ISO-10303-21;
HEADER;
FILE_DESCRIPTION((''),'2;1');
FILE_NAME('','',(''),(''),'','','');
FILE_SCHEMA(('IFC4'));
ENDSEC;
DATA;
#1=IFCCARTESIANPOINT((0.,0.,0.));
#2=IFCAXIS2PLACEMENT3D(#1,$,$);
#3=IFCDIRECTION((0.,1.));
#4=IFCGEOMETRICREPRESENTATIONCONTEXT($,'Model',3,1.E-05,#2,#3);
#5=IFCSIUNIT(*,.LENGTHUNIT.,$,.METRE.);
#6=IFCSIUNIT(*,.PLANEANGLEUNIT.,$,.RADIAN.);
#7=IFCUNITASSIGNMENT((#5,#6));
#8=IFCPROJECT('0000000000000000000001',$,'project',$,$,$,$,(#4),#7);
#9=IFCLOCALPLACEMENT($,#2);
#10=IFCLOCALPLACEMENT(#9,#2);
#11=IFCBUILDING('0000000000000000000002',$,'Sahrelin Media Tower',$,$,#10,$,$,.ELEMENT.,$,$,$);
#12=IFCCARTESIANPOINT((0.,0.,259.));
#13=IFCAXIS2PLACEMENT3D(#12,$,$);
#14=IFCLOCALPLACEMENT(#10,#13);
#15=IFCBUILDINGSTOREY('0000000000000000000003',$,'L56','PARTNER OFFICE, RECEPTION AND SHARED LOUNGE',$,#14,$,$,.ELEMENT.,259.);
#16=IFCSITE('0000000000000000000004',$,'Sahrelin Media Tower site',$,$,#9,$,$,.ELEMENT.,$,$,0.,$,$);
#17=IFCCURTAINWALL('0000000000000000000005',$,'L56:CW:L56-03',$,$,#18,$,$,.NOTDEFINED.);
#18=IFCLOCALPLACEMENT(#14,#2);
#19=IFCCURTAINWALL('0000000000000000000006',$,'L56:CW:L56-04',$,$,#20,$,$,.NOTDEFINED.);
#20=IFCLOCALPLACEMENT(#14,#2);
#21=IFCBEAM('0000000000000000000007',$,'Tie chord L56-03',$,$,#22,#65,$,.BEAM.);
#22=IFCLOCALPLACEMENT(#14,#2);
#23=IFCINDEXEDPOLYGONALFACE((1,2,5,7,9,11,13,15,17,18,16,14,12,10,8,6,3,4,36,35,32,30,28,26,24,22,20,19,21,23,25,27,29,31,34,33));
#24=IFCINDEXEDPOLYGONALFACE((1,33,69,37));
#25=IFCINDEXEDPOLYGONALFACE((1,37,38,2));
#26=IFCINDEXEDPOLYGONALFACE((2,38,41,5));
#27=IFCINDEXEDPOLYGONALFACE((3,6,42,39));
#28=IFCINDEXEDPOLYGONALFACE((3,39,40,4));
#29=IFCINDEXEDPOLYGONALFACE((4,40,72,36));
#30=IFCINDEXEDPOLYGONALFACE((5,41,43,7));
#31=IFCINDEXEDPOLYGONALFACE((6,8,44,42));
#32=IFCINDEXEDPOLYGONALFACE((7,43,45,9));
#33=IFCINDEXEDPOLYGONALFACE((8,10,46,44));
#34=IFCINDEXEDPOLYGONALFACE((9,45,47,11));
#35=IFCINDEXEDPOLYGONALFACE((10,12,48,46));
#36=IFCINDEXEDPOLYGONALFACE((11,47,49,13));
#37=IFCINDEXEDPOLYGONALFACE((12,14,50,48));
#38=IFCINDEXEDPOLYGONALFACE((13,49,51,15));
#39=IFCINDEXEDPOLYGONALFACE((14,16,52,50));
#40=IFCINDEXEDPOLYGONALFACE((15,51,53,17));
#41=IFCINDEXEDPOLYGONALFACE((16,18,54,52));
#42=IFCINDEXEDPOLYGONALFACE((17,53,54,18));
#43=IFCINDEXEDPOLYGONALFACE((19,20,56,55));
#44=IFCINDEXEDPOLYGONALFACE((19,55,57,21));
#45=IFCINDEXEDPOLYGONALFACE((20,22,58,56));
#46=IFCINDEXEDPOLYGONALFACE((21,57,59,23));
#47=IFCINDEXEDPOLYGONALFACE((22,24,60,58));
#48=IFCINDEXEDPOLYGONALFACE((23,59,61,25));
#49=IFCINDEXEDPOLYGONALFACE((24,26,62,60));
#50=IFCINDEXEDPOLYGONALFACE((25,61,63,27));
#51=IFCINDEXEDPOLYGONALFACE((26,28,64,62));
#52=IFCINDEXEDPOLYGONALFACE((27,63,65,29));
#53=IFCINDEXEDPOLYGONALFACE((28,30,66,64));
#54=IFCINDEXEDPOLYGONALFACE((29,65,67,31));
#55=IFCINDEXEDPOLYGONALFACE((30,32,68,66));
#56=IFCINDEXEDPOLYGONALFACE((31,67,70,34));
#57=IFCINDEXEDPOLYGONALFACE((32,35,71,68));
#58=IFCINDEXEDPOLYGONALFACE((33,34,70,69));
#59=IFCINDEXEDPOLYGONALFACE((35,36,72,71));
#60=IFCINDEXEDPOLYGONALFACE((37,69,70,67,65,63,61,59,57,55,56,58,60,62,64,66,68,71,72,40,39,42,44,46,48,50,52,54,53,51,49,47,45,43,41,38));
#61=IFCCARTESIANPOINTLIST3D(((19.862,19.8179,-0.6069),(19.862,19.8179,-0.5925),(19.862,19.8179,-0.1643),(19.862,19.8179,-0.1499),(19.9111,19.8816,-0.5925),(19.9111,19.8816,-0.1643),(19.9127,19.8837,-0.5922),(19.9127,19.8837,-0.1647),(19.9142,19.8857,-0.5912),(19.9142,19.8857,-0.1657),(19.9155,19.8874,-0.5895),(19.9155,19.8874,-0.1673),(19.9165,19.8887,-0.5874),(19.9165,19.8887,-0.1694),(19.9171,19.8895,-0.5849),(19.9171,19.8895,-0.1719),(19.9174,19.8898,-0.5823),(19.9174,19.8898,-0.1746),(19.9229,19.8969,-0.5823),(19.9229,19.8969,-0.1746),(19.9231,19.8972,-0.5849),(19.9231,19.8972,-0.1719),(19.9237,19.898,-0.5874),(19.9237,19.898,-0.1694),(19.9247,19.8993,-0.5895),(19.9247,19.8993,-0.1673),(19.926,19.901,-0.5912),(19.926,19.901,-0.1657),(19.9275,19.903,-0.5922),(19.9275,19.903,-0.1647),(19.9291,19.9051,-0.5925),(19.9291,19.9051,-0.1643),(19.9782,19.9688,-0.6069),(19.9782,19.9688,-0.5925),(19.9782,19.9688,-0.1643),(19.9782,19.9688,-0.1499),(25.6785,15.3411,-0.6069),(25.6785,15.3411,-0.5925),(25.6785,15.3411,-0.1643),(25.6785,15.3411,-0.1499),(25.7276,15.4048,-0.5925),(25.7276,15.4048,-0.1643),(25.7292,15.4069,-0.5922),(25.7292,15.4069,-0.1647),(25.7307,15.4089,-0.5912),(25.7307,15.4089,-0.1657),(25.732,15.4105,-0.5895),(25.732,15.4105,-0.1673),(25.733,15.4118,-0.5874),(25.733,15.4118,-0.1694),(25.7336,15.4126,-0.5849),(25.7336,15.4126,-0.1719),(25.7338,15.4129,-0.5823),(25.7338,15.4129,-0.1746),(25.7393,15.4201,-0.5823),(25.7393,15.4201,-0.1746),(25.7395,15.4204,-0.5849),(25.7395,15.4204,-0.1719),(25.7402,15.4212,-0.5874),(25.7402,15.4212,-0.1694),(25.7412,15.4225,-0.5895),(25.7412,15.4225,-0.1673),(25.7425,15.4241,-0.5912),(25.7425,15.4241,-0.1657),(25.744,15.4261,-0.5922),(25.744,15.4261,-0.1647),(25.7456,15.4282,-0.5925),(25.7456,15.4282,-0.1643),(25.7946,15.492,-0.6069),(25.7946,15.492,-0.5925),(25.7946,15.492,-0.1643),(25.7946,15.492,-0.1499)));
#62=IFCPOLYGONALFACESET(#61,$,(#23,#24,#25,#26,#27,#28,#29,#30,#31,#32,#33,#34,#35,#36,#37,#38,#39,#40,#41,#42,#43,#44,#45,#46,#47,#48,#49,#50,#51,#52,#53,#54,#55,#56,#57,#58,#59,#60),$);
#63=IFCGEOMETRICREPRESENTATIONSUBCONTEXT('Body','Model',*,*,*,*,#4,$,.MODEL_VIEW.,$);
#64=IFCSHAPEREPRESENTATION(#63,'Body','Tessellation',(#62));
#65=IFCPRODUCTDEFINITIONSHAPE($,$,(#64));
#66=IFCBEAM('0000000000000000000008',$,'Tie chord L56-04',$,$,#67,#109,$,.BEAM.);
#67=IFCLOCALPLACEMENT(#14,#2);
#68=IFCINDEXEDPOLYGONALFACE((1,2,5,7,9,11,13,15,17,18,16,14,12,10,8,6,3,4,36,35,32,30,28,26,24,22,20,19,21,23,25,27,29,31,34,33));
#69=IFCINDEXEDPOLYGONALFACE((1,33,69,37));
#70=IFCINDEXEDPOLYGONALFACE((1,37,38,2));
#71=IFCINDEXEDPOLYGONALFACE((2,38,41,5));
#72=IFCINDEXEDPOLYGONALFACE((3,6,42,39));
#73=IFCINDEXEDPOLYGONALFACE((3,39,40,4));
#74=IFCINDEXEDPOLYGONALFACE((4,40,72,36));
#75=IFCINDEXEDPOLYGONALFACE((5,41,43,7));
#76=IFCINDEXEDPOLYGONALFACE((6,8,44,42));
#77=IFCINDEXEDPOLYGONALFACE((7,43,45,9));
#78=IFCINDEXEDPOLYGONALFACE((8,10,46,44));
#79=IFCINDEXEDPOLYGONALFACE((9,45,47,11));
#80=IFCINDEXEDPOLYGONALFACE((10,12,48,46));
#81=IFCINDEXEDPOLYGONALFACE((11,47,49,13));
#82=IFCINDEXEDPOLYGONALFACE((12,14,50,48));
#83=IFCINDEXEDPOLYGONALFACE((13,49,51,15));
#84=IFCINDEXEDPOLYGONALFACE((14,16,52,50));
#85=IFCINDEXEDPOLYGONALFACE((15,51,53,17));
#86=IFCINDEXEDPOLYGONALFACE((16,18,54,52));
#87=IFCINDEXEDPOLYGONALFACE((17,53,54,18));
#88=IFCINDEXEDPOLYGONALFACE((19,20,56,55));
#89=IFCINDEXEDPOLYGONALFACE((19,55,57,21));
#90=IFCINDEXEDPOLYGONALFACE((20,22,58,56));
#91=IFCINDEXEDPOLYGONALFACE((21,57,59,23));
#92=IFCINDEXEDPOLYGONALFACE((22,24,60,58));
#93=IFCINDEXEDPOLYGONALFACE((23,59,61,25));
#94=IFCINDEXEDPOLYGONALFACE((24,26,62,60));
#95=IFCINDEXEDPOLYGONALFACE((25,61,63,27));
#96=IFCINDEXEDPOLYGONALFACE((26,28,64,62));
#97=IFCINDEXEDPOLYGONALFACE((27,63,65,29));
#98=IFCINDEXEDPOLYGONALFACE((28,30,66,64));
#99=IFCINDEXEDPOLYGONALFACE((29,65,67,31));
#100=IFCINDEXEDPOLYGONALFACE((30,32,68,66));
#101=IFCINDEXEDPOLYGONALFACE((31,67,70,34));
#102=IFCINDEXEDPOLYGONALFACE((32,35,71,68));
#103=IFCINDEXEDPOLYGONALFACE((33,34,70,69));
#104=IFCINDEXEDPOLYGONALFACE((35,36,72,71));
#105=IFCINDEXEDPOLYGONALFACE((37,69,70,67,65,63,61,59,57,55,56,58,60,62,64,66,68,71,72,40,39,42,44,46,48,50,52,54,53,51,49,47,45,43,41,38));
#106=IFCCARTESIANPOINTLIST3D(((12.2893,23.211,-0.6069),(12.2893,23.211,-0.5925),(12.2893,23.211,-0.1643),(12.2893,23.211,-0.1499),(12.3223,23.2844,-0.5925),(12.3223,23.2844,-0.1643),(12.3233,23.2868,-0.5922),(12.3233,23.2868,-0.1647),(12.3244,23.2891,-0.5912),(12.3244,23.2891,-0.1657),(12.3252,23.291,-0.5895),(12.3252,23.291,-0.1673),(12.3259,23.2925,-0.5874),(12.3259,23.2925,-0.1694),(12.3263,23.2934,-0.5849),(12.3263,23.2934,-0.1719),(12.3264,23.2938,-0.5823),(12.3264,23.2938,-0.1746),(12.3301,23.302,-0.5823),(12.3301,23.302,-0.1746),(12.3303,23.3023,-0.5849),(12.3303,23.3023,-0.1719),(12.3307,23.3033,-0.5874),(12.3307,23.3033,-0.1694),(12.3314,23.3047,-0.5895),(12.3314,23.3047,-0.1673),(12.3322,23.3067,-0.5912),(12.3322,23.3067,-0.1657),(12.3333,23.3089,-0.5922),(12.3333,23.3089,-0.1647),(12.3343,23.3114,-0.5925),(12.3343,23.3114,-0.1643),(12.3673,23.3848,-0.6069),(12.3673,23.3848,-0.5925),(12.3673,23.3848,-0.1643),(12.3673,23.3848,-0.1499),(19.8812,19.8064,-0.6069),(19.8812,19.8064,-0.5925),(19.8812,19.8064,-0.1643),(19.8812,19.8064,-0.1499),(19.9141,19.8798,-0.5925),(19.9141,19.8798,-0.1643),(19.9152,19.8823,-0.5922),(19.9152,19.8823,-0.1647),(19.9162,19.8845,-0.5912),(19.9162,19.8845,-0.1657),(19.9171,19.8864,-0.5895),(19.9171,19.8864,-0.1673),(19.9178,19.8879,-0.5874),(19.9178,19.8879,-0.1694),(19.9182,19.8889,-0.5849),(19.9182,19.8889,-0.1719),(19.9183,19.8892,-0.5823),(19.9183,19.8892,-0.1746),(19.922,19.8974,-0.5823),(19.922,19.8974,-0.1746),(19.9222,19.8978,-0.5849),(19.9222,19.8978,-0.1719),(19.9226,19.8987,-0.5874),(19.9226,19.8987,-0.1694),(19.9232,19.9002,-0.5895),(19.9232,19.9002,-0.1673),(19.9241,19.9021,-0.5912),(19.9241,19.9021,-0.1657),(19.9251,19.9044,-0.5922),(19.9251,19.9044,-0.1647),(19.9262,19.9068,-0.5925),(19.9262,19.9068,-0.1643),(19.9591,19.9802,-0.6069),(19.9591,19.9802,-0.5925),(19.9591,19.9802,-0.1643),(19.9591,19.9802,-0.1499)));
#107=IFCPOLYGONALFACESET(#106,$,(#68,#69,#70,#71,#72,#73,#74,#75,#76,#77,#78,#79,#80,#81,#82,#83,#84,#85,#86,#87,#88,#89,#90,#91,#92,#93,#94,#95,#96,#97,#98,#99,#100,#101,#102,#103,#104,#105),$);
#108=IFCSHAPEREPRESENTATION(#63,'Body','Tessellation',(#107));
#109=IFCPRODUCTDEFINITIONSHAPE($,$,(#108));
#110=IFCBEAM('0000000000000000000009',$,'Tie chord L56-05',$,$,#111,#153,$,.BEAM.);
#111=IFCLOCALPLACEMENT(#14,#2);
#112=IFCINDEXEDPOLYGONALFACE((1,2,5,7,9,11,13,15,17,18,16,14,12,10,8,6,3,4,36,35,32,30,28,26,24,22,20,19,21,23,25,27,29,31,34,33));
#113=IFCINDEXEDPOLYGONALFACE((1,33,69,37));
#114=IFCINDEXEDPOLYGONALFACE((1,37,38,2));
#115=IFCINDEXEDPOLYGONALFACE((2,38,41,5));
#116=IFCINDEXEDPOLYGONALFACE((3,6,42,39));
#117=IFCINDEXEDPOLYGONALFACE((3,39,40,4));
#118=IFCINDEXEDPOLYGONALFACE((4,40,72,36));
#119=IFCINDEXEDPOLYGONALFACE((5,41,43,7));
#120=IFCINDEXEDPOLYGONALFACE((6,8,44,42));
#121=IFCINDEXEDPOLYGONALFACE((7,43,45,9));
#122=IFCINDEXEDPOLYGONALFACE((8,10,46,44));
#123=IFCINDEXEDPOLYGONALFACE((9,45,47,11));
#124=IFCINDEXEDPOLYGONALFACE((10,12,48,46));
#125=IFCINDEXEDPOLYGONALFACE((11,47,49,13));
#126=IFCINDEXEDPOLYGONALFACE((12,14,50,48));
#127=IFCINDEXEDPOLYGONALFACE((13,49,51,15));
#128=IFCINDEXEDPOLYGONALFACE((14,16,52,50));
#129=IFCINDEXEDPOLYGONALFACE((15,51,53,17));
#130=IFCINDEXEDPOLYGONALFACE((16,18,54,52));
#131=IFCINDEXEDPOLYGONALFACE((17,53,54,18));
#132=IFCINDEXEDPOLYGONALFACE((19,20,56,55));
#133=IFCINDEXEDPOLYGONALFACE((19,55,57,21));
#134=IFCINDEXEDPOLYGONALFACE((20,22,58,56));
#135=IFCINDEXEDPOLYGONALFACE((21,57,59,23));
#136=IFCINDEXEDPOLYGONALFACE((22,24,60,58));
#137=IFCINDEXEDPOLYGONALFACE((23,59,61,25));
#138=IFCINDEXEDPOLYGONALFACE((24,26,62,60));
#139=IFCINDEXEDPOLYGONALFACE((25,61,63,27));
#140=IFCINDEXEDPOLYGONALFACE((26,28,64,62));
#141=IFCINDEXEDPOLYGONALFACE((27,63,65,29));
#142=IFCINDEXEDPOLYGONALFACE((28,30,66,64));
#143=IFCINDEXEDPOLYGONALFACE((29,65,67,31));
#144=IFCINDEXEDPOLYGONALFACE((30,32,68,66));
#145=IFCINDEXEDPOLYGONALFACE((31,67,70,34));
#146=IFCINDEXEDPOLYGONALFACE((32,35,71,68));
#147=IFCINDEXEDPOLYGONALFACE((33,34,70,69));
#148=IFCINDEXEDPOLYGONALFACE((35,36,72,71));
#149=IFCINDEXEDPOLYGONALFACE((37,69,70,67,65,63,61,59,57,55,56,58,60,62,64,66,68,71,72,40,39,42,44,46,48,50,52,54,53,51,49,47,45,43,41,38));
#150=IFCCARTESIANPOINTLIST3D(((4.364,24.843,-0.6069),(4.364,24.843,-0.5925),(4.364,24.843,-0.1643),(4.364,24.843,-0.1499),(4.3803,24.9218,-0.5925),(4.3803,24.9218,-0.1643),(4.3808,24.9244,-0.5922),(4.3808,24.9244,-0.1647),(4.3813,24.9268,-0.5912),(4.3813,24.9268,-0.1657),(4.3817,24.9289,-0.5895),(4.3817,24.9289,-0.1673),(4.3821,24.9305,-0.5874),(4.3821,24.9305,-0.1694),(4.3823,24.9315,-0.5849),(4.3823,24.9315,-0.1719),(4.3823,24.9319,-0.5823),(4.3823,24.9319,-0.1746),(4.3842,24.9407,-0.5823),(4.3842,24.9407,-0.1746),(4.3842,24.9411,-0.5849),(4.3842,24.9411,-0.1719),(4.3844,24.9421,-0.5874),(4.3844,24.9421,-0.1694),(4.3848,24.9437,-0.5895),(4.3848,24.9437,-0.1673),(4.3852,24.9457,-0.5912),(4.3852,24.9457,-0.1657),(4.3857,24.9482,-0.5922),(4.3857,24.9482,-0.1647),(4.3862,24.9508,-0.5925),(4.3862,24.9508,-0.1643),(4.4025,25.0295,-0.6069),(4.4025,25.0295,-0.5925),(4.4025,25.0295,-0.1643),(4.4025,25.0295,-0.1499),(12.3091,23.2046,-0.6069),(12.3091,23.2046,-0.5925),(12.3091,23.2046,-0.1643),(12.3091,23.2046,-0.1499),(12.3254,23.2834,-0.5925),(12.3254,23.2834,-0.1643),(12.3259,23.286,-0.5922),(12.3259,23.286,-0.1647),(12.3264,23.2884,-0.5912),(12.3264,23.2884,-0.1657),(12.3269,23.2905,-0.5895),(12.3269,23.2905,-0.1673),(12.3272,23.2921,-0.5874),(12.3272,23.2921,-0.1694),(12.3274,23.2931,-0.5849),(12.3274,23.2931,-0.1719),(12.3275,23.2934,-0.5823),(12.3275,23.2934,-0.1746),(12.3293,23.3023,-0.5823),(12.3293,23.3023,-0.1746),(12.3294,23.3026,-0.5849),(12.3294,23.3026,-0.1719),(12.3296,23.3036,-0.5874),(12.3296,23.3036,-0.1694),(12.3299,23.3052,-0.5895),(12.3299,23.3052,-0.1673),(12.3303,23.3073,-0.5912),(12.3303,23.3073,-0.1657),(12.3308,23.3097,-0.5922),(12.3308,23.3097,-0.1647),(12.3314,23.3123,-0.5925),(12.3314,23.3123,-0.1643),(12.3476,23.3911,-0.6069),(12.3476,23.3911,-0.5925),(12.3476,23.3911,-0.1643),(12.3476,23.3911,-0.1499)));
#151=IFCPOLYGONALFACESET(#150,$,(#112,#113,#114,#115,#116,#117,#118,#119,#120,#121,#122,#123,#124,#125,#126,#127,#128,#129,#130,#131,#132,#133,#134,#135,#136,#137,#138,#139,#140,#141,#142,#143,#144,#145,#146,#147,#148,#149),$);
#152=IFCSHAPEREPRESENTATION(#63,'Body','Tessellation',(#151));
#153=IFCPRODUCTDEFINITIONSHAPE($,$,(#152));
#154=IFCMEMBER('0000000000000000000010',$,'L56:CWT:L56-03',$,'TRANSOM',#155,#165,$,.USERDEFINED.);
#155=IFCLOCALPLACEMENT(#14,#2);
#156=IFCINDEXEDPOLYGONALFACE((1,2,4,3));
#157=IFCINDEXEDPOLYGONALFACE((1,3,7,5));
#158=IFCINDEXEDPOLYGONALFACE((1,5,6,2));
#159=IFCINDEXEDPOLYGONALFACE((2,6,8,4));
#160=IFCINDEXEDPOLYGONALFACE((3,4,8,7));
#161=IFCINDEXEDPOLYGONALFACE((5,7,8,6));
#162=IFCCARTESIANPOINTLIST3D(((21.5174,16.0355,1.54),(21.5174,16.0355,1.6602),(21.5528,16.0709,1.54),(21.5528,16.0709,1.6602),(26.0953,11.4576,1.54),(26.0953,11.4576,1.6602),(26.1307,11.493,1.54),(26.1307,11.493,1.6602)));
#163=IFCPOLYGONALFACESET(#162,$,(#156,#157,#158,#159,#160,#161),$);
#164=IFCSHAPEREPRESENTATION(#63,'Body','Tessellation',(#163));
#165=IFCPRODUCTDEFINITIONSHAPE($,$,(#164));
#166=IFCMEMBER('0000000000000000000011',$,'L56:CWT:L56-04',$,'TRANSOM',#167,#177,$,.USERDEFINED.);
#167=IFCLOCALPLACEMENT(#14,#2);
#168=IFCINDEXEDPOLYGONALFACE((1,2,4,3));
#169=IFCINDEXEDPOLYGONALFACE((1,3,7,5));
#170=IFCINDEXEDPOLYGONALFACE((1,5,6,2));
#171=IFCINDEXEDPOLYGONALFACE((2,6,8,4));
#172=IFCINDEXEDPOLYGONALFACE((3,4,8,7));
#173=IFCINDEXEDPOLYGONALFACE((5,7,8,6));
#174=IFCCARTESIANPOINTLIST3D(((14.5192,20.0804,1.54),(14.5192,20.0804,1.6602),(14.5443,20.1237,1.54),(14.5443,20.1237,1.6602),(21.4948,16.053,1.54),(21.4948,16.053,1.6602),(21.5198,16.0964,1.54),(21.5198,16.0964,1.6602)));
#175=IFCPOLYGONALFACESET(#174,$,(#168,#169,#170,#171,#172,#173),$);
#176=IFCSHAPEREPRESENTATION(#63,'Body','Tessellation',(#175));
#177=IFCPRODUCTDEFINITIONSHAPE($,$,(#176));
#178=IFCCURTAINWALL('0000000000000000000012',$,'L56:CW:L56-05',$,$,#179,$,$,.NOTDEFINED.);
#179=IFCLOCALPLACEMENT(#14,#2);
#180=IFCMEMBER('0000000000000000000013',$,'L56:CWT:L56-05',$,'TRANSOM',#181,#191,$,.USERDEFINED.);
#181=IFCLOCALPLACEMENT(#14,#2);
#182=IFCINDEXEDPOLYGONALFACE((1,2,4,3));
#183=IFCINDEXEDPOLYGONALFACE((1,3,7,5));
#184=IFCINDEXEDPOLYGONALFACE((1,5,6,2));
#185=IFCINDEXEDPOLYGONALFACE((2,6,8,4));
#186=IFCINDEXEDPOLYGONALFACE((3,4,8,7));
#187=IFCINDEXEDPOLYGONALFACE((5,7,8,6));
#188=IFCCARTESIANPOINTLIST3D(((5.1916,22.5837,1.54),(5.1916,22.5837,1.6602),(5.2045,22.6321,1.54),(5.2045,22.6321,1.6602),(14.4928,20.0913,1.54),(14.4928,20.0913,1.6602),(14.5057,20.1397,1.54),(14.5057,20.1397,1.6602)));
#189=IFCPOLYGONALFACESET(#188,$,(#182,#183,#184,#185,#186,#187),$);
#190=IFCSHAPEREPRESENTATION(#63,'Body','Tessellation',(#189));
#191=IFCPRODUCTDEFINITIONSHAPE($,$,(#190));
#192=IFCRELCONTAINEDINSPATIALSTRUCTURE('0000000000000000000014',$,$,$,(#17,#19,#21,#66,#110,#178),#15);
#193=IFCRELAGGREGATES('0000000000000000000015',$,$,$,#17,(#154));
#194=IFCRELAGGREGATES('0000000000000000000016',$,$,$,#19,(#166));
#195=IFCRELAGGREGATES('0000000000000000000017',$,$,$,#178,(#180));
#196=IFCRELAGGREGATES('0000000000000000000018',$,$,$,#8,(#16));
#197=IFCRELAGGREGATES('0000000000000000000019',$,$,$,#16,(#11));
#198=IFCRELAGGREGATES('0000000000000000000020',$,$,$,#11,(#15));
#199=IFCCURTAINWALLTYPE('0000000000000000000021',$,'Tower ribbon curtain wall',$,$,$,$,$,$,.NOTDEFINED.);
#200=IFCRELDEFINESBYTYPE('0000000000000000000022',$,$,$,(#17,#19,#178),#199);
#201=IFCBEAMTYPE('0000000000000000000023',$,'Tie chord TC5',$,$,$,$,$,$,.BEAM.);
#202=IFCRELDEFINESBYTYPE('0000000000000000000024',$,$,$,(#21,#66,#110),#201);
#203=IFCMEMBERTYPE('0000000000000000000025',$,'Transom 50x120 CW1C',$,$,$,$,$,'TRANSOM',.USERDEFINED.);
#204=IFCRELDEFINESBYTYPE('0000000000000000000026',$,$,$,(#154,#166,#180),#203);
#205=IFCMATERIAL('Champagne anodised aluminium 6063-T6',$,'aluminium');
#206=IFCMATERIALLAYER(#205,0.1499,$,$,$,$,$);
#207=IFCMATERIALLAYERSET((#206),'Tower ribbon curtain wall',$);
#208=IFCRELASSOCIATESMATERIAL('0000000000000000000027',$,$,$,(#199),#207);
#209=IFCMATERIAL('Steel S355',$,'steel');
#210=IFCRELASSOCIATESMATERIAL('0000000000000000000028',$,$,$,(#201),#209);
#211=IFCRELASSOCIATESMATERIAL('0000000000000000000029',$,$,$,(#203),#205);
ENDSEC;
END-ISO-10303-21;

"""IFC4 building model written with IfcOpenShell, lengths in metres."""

from ifc_helpers import new_model, si_unit, direction, frame, origin, origin_2d, place, context, subcontext, project, spatial, rectangle, i_section, extrude, material, layer, layer_set, material_profile, profile_set, type_object, element, aggregate, save


model = new_model("IFC4")

# Units and contexts
model_context = context("Model", 3, precision=1e-05, world=origin(), true_north=direction((0.0, 1.0)))
body_context = subcontext(model_context, "Body", "Model", "MODEL_VIEW")
ifc_project = project(units=[si_unit("LENGTHUNIT", "METRE"), si_unit("PLANEANGLEUNIT", "RADIAN")], contexts=[model_context])

# Site, building, storey
site_placement = place(None, origin())
site = spatial("IfcSite", under=ifc_project, at=site_placement, Name="Sahrelin Media Tower site", CompositionType="ELEMENT", RefElevation=0.0)
building_placement = place(site_placement, origin())
building = spatial("IfcBuilding", under=site, at=building_placement, Name="Sahrelin Media Tower", CompositionType="ELEMENT")
storey_placement = place(building_placement, frame((0.0, 0.0, 259.0)))
storey = spatial("IfcBuildingStorey", under=building, at=storey_placement, Name="L56", Description="PARTNER OFFICE, RECEPTION AND SHARED LOUNGE", CompositionType="ELEMENT", Elevation=259.0)

# Shared definitions
ifc_material_1 = material(Name="Steel S355", Category="steel")

# Curtain walls
ifc_material_2 = material(Name="Champagne anodised aluminium 6063-T6", Category="aluminium")
ifc_layer_1 = layer(ifc_material_2, 0.1499)
ifc_layer_set_1 = layer_set([ifc_layer_1], Name="Tower ribbon curtain wall")
curtain_wall_type = type_object("IfcCurtainWallType", Name="Tower ribbon curtain wall", PredefinedType="NOTDEFINED", material=ifc_layer_set_1)
curtain_wall_1_placement = place(storey_placement, frame((23.9973, 13.9375, 0.0), z_axis=(0.0, 0.0, 1.0), x_axis=(1.0, 0.0, 0.0)))
curtain_wall_1 = element("IfcCurtainWall", 1, at=curtain_wall_1_placement, inside=storey, type_object=curtain_wall_type, Name="L56:CW:L56-03", PredefinedType="NOTDEFINED")
curtain_wall_2_placement = place(storey_placement, frame((18.1421, 18.3005, 0.0), z_axis=(0.0, 0.0, 1.0), x_axis=(1.0, 0.0, 0.0)))
curtain_wall_2 = element("IfcCurtainWall", 2, at=curtain_wall_2_placement, inside=storey, type_object=curtain_wall_type, Name="L56:CW:L56-04", PredefinedType="NOTDEFINED")

# Beams
ifc_material_profile_1 = material_profile(ifc_material_1, i_section(OverallWidth=0.1904, OverallDepth=0.457, WebThickness=0.009, FlangeThickness=0.0144, FilletRadius=0.0103, at=origin_2d()), Name="UB 457x191x74")
ifc_profile_set_1 = profile_set([ifc_material_profile_1], Name="Steel S355")
beam_type_1 = type_object("IfcBeamType", Name="Tie chord TC5", PredefinedType="BEAM", material=ifc_profile_set_1)
beam_1_placement = place(storey_placement, frame((25.7366, 15.4165, -0.3784), z_axis=(-0.79245, 0.609937, 0.0), x_axis=(-0.609937, -0.79245, 0.0)))
element("IfcBeam", 3, at=beam_1_placement, inside=storey, type_object=beam_type_1, Name="Tie chord L56-03", PredefinedType="BEAM", context=body_context, shape_type="SweptSolid", body=[
    extrude(i_section(OverallWidth=0.1904, OverallDepth=0.457, WebThickness=0.009, FlangeThickness=0.0144, FilletRadius=0.0103, at=origin_2d()), origin(), (0.0, 0.0, 1.0), 7.3398),
])
beam_2_placement = place(storey_placement, frame((19.9202, 19.8933, -0.3784), z_axis=(-0.91245, 0.409188, 0.0), x_axis=(-0.409188, -0.91245, 0.0)))
element("IfcBeam", 4, at=beam_2_placement, inside=storey, type_object=beam_type_1, Name="Tie chord L56-04", PredefinedType="BEAM", context=body_context, shape_type="SweptSolid", body=[
    extrude(i_section(OverallWidth=0.1904, OverallDepth=0.457, WebThickness=0.009, FlangeThickness=0.0144, FilletRadius=0.0103, at=origin_2d()), origin(), (0.0, 0.0, 1.0), 8.3203),
])
beam_3_placement = place(storey_placement, frame((12.3284, 23.2979, -0.3784), z_axis=(-0.979392, 0.20197, 0.0), x_axis=(-0.20197, -0.979392, 0.0)))
element("IfcBeam", 5, at=beam_3_placement, inside=storey, type_object=beam_type_1, Name="Tie chord L56-05", PredefinedType="BEAM", context=body_context, shape_type="SweptSolid", body=[
    extrude(i_section(OverallWidth=0.1904, OverallDepth=0.457, WebThickness=0.009, FlangeThickness=0.0144, FilletRadius=0.0103, at=origin_2d()), origin(), (0.0, 0.0, 1.0), 8.1123),
])

# Members
ifc_material_profile_2 = material_profile(ifc_material_2, rectangle(XDim=0.05, YDim=0.1201, at=origin_2d()), Name="Transom 50x120")
ifc_profile_set_2 = profile_set([ifc_material_profile_2], Name="Champagne anodised aluminium 6063-T6")
member_type_1 = type_object("IfcMemberType", Name="Transom 50x120 CW1C", ElementType="TRANSOM", PredefinedType="USERDEFINED", material=ifc_profile_set_2)
member_1_placement = place(storey_placement, frame((26.113, 11.4753, 1.6001), z_axis=(-0.707107, 0.707107, 0.0), x_axis=(-0.707107, -0.707107, 0.0)))
member_1 = element("IfcMember", 6, at=member_1_placement, type_object=member_type_1, Name="L56:CWT:L56-03", ObjectType="TRANSOM", PredefinedType="USERDEFINED", context=body_context, shape_type="SweptSolid", body=[
    extrude(rectangle(XDim=0.05, YDim=0.1201, at=origin_2d()), origin(), (0.0, 0.0, 1.0), 6.4741),
])
member_2_placement = place(storey_placement, frame((21.5073, 16.0747, 1.6001), z_axis=(-0.866026, 0.499999, 0.0), x_axis=(-0.499999, -0.866026, 0.0)))
member_2 = element("IfcMember", 7, at=member_2_placement, type_object=member_type_1, Name="L56:CWT:L56-04", ObjectType="TRANSOM", PredefinedType="USERDEFINED", context=body_context, shape_type="SweptSolid", body=[
    extrude(rectangle(XDim=0.05, YDim=0.1201, at=origin_2d()), origin(), (0.0, 0.0, 1.0), 8.0547),
])

# Curtain wall, member
curtain_wall_3_placement = place(storey_placement, frame((9.9121, 21.5984, 0.0), z_axis=(0.0, 0.0, 1.0), x_axis=(1.0, 0.0, 0.0)))
curtain_wall_3 = element("IfcCurtainWall", 8, at=curtain_wall_3_placement, inside=storey, type_object=curtain_wall_type, Name="L56:CW:L56-05", PredefinedType="NOTDEFINED")
member_3_placement = place(storey_placement, frame((14.4993, 20.1155, 1.6001), z_axis=(-0.965922, 0.258835, 0.0), x_axis=(-0.258835, -0.965922, 0.0)))
member_3 = element("IfcMember", 9, at=member_3_placement, type_object=member_type_1, Name="L56:CWT:L56-05", ObjectType="TRANSOM", PredefinedType="USERDEFINED", context=body_context, shape_type="SweptSolid", body=[
    extrude(rectangle(XDim=0.05, YDim=0.1201, at=origin_2d()), origin(), (0.0, 0.0, 1.0), 9.6294),
])

aggregate(curtain_wall_1, [member_1])
aggregate(curtain_wall_2, [member_2])
aggregate(curtain_wall_3, [member_3])

save(model, "model.ifc")
